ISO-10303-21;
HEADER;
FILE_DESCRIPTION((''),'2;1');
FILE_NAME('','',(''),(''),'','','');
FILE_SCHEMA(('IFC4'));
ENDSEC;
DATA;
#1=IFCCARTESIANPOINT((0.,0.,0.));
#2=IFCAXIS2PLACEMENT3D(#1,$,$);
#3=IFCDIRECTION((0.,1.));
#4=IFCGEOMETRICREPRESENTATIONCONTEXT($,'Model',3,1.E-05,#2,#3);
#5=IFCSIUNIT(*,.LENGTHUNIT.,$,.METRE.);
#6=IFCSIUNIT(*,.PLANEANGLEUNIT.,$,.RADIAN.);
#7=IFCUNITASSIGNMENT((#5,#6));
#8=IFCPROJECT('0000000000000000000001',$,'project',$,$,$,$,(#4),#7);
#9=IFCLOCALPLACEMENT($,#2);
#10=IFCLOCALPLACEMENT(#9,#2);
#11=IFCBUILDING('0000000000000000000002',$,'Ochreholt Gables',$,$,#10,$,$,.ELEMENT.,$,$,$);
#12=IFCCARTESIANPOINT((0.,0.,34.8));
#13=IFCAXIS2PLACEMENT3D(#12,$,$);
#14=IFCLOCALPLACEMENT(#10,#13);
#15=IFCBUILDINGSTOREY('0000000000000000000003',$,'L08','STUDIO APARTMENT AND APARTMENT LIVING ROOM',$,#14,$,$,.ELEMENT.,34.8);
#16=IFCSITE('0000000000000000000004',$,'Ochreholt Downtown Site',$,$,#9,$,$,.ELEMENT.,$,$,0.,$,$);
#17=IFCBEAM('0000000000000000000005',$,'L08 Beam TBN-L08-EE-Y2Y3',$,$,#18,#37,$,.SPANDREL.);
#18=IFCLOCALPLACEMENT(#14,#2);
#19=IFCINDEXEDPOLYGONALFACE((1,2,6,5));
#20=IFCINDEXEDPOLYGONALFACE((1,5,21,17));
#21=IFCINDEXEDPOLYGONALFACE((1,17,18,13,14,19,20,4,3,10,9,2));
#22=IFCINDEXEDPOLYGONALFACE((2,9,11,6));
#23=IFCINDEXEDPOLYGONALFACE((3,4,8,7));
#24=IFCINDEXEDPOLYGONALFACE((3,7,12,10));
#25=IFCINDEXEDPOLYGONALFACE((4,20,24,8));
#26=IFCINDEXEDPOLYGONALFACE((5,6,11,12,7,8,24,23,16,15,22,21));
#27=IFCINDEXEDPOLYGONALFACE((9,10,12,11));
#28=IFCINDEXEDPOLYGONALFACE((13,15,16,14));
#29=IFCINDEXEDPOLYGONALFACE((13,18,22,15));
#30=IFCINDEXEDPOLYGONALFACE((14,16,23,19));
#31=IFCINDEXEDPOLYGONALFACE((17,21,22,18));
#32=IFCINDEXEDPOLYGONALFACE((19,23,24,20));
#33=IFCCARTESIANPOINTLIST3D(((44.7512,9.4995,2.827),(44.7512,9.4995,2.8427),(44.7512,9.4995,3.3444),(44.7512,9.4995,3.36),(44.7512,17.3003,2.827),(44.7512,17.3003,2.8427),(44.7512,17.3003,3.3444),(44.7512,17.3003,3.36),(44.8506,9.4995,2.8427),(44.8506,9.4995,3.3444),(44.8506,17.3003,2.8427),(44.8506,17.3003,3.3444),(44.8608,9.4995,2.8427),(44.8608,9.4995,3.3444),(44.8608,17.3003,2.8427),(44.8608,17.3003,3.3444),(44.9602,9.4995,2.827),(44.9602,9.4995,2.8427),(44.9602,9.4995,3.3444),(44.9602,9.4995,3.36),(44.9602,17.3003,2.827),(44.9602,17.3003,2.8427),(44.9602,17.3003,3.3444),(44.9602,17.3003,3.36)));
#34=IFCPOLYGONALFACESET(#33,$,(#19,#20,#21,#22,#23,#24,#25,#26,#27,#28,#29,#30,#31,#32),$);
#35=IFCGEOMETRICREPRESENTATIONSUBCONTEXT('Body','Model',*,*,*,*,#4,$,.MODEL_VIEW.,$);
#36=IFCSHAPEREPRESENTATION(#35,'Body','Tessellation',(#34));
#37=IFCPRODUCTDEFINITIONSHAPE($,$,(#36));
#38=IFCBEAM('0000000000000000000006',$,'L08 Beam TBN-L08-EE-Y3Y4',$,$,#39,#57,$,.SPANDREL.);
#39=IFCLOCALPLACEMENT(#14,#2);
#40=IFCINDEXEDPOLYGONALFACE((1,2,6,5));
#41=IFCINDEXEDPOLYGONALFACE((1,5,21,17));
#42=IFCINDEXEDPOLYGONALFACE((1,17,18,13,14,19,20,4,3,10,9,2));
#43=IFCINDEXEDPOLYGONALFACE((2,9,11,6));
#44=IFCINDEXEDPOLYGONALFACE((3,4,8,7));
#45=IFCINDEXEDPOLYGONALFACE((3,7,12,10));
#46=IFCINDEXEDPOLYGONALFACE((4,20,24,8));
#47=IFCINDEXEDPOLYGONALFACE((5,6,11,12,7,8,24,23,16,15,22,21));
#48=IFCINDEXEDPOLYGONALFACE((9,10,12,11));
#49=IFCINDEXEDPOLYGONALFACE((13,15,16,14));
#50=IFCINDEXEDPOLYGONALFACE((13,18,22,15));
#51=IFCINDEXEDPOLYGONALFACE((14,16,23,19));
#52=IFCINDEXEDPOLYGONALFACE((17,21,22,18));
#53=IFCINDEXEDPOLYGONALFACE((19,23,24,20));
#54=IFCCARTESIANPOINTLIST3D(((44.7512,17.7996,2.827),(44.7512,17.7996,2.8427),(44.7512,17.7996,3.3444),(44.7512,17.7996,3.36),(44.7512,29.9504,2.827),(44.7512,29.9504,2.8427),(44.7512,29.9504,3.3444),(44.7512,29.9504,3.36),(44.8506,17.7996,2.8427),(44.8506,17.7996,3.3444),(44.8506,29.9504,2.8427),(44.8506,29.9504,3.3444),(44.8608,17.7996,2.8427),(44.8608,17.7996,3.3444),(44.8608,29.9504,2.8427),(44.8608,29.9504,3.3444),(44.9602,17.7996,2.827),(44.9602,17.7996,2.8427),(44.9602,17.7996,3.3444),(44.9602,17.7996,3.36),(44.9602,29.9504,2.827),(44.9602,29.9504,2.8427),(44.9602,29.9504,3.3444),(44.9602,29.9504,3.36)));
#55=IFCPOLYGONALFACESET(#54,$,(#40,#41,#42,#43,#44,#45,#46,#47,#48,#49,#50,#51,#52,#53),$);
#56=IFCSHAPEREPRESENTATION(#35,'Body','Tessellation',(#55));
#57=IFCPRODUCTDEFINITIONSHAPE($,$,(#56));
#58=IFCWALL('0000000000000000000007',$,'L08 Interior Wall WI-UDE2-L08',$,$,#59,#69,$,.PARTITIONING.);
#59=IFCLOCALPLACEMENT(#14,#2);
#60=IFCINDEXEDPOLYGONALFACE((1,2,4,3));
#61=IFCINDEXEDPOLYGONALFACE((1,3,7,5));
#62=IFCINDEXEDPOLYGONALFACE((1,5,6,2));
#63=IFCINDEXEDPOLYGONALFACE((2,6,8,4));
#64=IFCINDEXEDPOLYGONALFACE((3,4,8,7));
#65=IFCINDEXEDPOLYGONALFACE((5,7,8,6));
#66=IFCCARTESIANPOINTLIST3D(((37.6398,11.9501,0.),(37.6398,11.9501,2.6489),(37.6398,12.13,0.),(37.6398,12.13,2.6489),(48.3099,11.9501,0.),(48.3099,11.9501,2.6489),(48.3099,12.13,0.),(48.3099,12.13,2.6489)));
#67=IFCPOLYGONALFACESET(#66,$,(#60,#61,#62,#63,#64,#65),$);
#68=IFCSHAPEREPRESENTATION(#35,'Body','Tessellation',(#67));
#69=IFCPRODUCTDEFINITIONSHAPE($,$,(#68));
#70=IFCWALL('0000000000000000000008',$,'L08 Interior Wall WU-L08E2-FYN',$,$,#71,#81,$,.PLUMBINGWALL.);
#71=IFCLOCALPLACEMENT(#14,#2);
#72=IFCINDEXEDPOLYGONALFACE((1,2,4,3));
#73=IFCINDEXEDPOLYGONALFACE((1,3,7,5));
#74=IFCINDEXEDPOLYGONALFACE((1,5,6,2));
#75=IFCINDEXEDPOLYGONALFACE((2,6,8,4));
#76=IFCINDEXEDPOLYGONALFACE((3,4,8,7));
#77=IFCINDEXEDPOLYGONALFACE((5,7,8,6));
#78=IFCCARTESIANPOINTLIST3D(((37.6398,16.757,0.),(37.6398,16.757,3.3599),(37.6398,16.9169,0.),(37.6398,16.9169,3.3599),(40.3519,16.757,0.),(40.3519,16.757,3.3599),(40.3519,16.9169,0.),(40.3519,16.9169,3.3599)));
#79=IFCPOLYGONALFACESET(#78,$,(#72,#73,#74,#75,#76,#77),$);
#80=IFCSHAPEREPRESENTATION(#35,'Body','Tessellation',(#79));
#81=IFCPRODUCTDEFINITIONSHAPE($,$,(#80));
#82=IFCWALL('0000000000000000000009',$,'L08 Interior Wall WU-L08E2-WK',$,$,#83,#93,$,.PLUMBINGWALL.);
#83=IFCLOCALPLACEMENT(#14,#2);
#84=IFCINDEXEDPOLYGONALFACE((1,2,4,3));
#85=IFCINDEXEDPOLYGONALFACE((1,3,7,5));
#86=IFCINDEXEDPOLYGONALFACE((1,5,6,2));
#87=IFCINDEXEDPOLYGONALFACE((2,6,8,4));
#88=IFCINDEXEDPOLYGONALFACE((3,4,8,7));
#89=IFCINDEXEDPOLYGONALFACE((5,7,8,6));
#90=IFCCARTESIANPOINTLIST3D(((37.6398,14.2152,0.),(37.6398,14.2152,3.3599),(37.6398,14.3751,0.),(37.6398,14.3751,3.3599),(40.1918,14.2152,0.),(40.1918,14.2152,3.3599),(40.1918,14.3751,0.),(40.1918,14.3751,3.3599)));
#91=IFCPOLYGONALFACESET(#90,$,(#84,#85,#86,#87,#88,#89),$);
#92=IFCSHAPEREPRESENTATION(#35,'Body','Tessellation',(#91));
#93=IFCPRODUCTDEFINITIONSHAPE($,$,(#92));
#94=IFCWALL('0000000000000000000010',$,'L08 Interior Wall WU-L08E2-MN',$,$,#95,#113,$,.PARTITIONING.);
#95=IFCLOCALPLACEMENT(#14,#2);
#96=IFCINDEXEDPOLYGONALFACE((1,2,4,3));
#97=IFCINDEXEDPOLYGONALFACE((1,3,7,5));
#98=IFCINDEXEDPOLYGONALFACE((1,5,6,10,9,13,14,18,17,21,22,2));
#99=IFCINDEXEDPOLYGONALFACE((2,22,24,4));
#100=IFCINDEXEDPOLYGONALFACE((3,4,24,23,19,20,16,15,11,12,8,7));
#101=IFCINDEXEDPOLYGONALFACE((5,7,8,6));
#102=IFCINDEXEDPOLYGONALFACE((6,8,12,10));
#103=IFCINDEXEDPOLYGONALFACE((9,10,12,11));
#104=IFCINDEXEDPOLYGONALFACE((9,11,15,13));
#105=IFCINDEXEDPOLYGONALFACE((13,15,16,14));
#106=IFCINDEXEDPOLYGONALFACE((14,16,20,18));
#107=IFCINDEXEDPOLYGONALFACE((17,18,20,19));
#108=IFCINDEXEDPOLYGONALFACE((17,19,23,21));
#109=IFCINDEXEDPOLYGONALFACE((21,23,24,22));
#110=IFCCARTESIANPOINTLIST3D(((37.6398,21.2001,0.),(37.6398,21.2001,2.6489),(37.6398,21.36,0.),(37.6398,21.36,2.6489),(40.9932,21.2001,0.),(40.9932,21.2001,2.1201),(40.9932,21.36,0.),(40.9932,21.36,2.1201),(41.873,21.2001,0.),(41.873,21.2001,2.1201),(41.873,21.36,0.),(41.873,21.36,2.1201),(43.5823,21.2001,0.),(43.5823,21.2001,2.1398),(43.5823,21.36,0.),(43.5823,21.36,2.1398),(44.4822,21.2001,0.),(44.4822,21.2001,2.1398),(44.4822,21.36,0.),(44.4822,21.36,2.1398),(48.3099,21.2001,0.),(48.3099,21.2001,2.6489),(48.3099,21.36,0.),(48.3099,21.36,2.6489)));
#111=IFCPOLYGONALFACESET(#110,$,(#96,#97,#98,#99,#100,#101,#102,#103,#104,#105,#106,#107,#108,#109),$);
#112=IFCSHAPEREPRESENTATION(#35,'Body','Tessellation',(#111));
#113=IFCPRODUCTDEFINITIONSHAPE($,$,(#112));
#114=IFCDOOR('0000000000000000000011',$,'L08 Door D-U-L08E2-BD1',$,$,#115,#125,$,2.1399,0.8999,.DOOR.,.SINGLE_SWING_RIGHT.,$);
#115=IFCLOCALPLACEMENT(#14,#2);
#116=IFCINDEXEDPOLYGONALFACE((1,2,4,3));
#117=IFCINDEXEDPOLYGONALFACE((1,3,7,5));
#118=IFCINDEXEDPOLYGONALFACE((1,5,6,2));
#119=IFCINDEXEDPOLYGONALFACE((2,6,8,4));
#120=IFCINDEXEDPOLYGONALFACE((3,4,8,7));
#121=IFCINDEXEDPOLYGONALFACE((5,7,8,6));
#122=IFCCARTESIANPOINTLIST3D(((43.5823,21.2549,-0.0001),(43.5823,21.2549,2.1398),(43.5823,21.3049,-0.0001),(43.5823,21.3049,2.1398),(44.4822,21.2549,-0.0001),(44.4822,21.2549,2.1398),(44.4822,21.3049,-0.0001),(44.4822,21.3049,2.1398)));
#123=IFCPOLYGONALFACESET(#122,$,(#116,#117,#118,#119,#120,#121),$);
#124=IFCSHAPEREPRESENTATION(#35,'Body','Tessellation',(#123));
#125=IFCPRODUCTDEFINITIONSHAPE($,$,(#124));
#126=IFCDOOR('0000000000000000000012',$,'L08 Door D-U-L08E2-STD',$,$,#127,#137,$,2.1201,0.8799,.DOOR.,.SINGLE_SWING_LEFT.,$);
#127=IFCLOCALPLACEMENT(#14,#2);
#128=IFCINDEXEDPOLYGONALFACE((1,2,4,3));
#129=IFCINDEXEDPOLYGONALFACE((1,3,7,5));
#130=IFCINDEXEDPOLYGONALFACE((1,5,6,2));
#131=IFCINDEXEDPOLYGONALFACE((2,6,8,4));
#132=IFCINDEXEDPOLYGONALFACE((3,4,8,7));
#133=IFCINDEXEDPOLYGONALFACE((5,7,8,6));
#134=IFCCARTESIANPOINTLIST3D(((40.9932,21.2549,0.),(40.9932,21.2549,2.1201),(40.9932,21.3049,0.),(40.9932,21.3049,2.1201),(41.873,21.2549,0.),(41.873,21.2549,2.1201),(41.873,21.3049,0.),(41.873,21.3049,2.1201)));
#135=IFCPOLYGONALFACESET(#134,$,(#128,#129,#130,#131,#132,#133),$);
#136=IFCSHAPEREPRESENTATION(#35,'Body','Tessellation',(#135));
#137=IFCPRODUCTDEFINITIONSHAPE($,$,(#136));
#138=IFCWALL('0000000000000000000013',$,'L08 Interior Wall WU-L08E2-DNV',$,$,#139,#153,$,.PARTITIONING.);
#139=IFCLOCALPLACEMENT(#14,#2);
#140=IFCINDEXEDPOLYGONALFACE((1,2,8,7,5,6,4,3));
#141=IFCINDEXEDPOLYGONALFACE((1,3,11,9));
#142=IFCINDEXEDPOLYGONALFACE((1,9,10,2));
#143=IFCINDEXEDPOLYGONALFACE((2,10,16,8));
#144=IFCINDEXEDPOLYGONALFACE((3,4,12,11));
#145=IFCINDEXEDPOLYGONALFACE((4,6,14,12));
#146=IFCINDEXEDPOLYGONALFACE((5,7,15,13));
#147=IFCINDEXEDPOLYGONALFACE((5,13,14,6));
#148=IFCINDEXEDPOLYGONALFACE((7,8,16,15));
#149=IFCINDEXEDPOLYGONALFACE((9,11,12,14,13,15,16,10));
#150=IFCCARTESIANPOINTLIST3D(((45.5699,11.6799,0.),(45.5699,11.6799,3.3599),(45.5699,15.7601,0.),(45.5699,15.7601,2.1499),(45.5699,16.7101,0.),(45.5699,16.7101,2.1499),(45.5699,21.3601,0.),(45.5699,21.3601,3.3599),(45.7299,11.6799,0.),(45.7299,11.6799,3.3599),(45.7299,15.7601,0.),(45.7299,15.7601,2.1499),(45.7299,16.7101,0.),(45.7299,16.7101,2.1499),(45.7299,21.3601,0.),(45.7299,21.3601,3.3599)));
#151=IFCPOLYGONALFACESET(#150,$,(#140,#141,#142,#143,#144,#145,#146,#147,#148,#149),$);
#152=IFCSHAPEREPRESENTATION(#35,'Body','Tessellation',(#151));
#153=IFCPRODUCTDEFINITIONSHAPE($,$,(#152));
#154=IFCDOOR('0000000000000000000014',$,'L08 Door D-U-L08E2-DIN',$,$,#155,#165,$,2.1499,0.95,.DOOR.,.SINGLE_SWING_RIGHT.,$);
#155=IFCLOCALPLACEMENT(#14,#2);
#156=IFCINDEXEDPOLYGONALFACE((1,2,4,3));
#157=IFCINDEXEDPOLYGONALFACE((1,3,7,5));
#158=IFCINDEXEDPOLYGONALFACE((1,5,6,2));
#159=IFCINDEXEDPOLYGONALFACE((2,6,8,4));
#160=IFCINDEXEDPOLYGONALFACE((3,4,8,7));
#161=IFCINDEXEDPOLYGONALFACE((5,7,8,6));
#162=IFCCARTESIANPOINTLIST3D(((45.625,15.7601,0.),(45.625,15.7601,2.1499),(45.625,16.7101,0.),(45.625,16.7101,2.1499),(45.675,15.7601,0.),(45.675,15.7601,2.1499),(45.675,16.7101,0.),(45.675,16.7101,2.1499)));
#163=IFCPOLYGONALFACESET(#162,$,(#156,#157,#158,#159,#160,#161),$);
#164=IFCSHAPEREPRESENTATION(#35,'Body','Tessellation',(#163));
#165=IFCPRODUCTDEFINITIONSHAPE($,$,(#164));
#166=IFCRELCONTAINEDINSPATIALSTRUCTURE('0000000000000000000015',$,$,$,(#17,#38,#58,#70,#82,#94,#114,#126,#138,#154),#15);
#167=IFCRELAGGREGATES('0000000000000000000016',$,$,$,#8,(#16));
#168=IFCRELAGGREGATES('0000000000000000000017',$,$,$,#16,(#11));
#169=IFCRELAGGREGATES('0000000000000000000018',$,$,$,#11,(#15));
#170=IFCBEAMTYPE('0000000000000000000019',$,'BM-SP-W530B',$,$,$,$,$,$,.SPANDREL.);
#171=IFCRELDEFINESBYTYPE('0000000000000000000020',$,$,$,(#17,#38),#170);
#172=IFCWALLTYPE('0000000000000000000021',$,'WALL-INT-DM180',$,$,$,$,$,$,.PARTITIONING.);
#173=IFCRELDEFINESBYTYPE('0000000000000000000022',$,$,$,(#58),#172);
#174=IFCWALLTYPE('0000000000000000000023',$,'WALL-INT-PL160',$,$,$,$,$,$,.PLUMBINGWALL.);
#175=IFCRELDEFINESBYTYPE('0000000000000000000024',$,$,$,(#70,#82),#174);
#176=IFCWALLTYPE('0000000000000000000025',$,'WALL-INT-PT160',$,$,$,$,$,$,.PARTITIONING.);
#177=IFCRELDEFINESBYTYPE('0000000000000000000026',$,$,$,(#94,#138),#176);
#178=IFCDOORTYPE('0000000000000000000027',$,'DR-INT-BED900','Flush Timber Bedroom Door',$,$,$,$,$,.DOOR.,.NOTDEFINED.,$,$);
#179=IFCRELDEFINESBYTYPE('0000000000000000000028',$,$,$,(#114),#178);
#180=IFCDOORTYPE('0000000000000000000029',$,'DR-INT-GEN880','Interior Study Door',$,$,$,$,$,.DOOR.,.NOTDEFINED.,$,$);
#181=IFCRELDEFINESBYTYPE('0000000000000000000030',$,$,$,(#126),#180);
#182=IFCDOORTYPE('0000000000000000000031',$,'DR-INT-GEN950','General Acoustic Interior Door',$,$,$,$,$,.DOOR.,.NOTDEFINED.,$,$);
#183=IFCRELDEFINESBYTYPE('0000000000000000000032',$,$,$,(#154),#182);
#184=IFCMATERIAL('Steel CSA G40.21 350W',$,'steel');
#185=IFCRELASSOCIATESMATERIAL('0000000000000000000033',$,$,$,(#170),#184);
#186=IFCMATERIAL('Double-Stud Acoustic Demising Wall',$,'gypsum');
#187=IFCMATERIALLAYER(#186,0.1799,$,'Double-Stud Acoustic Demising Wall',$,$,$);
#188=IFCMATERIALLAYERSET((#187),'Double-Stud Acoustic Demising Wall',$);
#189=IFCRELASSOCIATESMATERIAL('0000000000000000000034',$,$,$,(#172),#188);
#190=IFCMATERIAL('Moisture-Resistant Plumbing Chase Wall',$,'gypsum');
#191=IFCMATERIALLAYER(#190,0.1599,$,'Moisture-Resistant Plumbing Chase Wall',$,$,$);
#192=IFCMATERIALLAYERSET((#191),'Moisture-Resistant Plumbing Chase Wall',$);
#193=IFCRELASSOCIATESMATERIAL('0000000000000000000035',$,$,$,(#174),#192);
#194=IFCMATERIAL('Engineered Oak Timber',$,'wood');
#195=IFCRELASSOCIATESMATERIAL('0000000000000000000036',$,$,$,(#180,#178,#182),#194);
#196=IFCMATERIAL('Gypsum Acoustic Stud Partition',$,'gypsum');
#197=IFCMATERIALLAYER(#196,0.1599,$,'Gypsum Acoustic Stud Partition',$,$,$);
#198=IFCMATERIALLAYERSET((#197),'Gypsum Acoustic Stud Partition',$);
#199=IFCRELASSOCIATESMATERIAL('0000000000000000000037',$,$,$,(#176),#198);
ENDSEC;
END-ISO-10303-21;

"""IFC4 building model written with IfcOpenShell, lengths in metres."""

from ifc_helpers import new_model, si_unit, direction, frame, frame_2d, origin, origin_2d, place, context, subcontext, project, spatial, rectangle, i_section, extrude, material, layer, layer_set, material_profile, profile_set, type_object, element, fill, save


model = new_model("IFC4")

# Units and contexts
model_context = context("Model", 3, precision=1e-05, world=origin(), true_north=direction((0.0, 1.0)))
body_context = subcontext(model_context, "Body", "Model", "MODEL_VIEW")
ifc_project = project(units=[si_unit("LENGTHUNIT", "METRE"), si_unit("PLANEANGLEUNIT", "RADIAN")], contexts=[model_context])

# Site, building, storey
site_placement = place(None, origin())
site = spatial("IfcSite", under=ifc_project, at=site_placement, Name="Ochreholt Downtown Site", CompositionType="ELEMENT", RefElevation=0.0)
building_placement = place(site_placement, origin())
building = spatial("IfcBuilding", under=site, at=building_placement, Name="Ochreholt Gables", CompositionType="ELEMENT")
storey_placement = place(building_placement, frame((0.0, 0.0, 34.8)))
storey = spatial("IfcBuildingStorey", under=building, at=storey_placement, Name="L08", Description="STUDIO APARTMENT AND APARTMENT LIVING ROOM", CompositionType="ELEMENT", Elevation=34.8)

# Shared definitions
ifc_material_1 = material(Name="Steel CSA G40.21 350W", Category="steel")

# Beams
ifc_material_profile_1 = material_profile(ifc_material_1, i_section(OverallWidth=0.209, OverallDepth=0.533, WebThickness=0.0103, FlangeThickness=0.0156, at=origin_2d()), Name="W530X92")
ifc_profile_set_1 = profile_set([ifc_material_profile_1], Name="Steel CSA G40.21 350W")
beam_type_1 = type_object("IfcBeamType", Name="BM-SP-W530B", PredefinedType="SPANDREL", material=ifc_profile_set_1)
beam_1_placement = place(storey_placement, frame((44.8557, 9.4995, 3.0935), z_axis=(0.0, 1.0, 0.0), x_axis=(-1.0, 0.0, 0.0)))
element("IfcBeam", 1, at=beam_1_placement, inside=storey, type_object=beam_type_1, Name="L08 Beam TBN-L08-EE-Y2Y3", PredefinedType="SPANDREL", context=body_context, shape_type="SweptSolid", body=[
    extrude(i_section(OverallWidth=0.209, OverallDepth=0.533, WebThickness=0.0103, FlangeThickness=0.0156, at=origin_2d()), origin(), (0.0, 0.0, 1.0), 7.8008),
])
beam_2_placement = place(storey_placement, frame((44.8557, 17.7996, 3.0935), z_axis=(0.0, 1.0, 0.0), x_axis=(-1.0, 0.0, 0.0)))
element("IfcBeam", 2, at=beam_2_placement, inside=storey, type_object=beam_type_1, Name="L08 Beam TBN-L08-EE-Y3Y4", PredefinedType="SPANDREL", context=body_context, shape_type="SweptSolid", body=[
    extrude(i_section(OverallWidth=0.209, OverallDepth=0.533, WebThickness=0.0103, FlangeThickness=0.0156, at=origin_2d()), origin(), (0.0, 0.0, 1.0), 12.1509),
])

# Walls
ifc_material_2 = material(Name="Double-Stud Acoustic Demising Wall", Category="gypsum")
ifc_layer_1 = layer(ifc_material_2, 0.1799, Name="Double-Stud Acoustic Demising Wall")
ifc_layer_set_1 = layer_set([ifc_layer_1], Name="Double-Stud Acoustic Demising Wall")
wall_type_1 = type_object("IfcWallType", Name="WALL-INT-DM180", PredefinedType="PARTITIONING", material=ifc_layer_set_1)
wall_1_placement = place(storey_placement, frame((37.6399, 12.04, 0.0), z_axis=(0.0, 0.0, 1.0), x_axis=(1.0, 0.0, 0.0)))
element("IfcWall", 3, at=wall_1_placement, inside=storey, type_object=wall_type_1, Name="L08 Interior Wall WI-UDE2-L08", PredefinedType="PARTITIONING", context=body_context, shape_type="SweptSolid", body=[
    extrude(rectangle(XDim=10.6702, YDim=0.1799, at=frame_2d((5.335, 0.0))), origin(), (0.0, 0.0, 1.0), 2.6489),
])
ifc_material_3 = material(Name="Moisture-Resistant Plumbing Chase Wall", Category="gypsum")
ifc_layer_2 = layer(ifc_material_3, 0.1599, Name="Moisture-Resistant Plumbing Chase Wall")
ifc_layer_set_2 = layer_set([ifc_layer_2], Name="Moisture-Resistant Plumbing Chase Wall")
wall_type_2 = type_object("IfcWallType", Name="WALL-INT-PL160", PredefinedType="PLUMBINGWALL", material=ifc_layer_set_2)
wall_2_placement = place(storey_placement, frame((37.6399, 16.8369, 0.0), z_axis=(0.0, 0.0, 1.0), x_axis=(1.0, 0.0, 0.0)))
element("IfcWall", 4, at=wall_2_placement, inside=storey, type_object=wall_type_2, Name="L08 Interior Wall WU-L08E2-FYN", PredefinedType="PLUMBINGWALL", context=body_context, shape_type="SweptSolid", body=[
    extrude(rectangle(XDim=2.7122, YDim=0.1599, at=frame_2d((1.356, 0.0))), origin(), (0.0, 0.0, 1.0), 3.3599),
])

# Shared definitions
ifc_material_4 = material(Name="Engineered Oak Timber", Category="wood")
door_type_1 = type_object("IfcDoorType", Name="DR-INT-GEN880", Description="Interior Study Door", OperationType="NOTDEFINED", PredefinedType="DOOR", material=ifc_material_4)

# Wall
wall_3_placement = place(storey_placement, frame((37.6399, 14.2952, 0.0), z_axis=(0.0, 0.0, 1.0), x_axis=(1.0, 0.0, 0.0)))
element("IfcWall", 5, at=wall_3_placement, inside=storey, type_object=wall_type_2, Name="L08 Interior Wall WU-L08E2-WK", PredefinedType="PLUMBINGWALL", context=body_context, shape_type="SweptSolid", body=[
    extrude(rectangle(XDim=2.552, YDim=0.1599, at=frame_2d((1.2759, 0.0))), origin(), (0.0, 0.0, 1.0), 3.3599),
])

# Wall, openings, doors
ifc_material_5 = material(Name="Gypsum Acoustic Stud Partition", Category="gypsum")
ifc_layer_3 = layer(ifc_material_5, 0.1599, Name="Gypsum Acoustic Stud Partition")
ifc_layer_set_3 = layer_set([ifc_layer_3], Name="Gypsum Acoustic Stud Partition")
wall_type_3 = type_object("IfcWallType", Name="WALL-INT-PT160", PredefinedType="PARTITIONING", material=ifc_layer_set_3)
wall_4_placement = place(storey_placement, frame((37.6399, 21.28, 0.0), z_axis=(0.0, 0.0, 1.0), x_axis=(1.0, 0.0, 0.0)))
wall_4 = element("IfcWall", 6, at=wall_4_placement, inside=storey, type_object=wall_type_3, Name="L08 Interior Wall WU-L08E2-MN", PredefinedType="PARTITIONING", context=body_context, shape_type="SweptSolid", body=[
    extrude(rectangle(XDim=10.6702, YDim=0.1599, at=frame_2d((5.335, 0.0))), origin(), (0.0, 0.0, 1.0), 2.6489),
])
opening_1_placement = place(wall_4_placement, frame((3.3533, 0.0, 0.0)))
opening_1 = element("IfcOpeningElement", 7, at=opening_1_placement, cuts=wall_4, PredefinedType="OPENING", context=body_context, shape_type="SweptSolid", body=[
    extrude(rectangle(XDim=0.8799, YDim=2.1201, at=frame_2d((0.4399, 1.0601))), frame((0.0, 0.0898, 0.0), z_axis=(0.0, -1.0, 0.0), x_axis=(1.0, 0.0, 0.0)), (0.0, 0.0, 1.0), 0.1799),
])
opening_2_placement = place(wall_4_placement, frame((5.9424, 0.0, 0.0)))
opening_2 = element("IfcOpeningElement", 8, at=opening_2_placement, cuts=wall_4, PredefinedType="OPENING", context=body_context, shape_type="SweptSolid", body=[
    extrude(rectangle(XDim=0.8999, YDim=2.1399, at=frame_2d((0.45, 1.0698))), frame((0.0, 0.0898, 0.0), z_axis=(0.0, -1.0, 0.0), x_axis=(1.0, 0.0, 0.0)), (0.0, 0.0, 1.0), 0.1799),
])
door_type_2 = type_object("IfcDoorType", Name="DR-INT-BED900", Description="Flush Timber Bedroom Door", OperationType="NOTDEFINED", PredefinedType="DOOR", material=ifc_material_4)
door_1_placement = place(opening_2_placement, origin())
door_1 = element("IfcDoor", 9, at=door_1_placement, inside=storey, type_object=door_type_2, Name="L08 Door D-U-L08E2-BD1", OperationType="SINGLE_SWING_RIGHT", OverallHeight=2.1399, OverallWidth=0.8999, PredefinedType="DOOR", context=body_context, shape_type="SweptSolid", body=[
    extrude(rectangle(XDim=0.8999, YDim=2.1399, at=frame_2d((0.45, 1.0698))), frame((0.0, 0.0249, 0.0), z_axis=(0.0, -1.0, 0.0), x_axis=(1.0, 0.0, 0.0)), (0.0, 0.0, 1.0), 0.05),
])
fill(opening_2, door_1)
door_2_placement = place(opening_1_placement, origin())
door_2 = element("IfcDoor", 10, at=door_2_placement, inside=storey, type_object=door_type_1, Name="L08 Door D-U-L08E2-STD", OperationType="SINGLE_SWING_LEFT", OverallHeight=2.1201, OverallWidth=0.8799, PredefinedType="DOOR", context=body_context, shape_type="SweptSolid", body=[
    extrude(rectangle(XDim=0.8799, YDim=2.1201, at=frame_2d((0.4399, 1.0601))), frame((0.0, 0.0249, 0.0), z_axis=(0.0, -1.0, 0.0), x_axis=(1.0, 0.0, 0.0)), (0.0, 0.0, 1.0), 0.05),
])
fill(opening_1, door_2)

# Wall, opening, door
wall_5_placement = place(storey_placement, frame((45.6499, 11.6799, 0.0), z_axis=(0.0, 0.0, 1.0), x_axis=(0.0, 1.0, 0.0)))
wall_5 = element("IfcWall", 11, at=wall_5_placement, inside=storey, type_object=wall_type_3, Name="L08 Interior Wall WU-L08E2-DNV", PredefinedType="PARTITIONING", context=body_context, shape_type="SweptSolid", body=[
    extrude(rectangle(XDim=9.6802, YDim=0.1599, at=frame_2d((4.8401, 0.0))), origin(), (0.0, 0.0, 1.0), 3.3599),
])
opening_3_placement = place(wall_5_placement, frame((4.0801, 0.0, 0.0)))
opening_3 = element("IfcOpeningElement", 12, at=opening_3_placement, cuts=wall_5, PredefinedType="OPENING", context=body_context, shape_type="SweptSolid", body=[
    extrude(rectangle(XDim=0.95, YDim=2.1499, at=frame_2d((0.4751, 1.075))), frame((0.0, 0.0898, 0.0), z_axis=(0.0, -1.0, 0.0), x_axis=(1.0, 0.0, 0.0)), (0.0, 0.0, 1.0), 0.1799),
])
door_type_3 = type_object("IfcDoorType", Name="DR-INT-GEN950", Description="General Acoustic Interior Door", OperationType="NOTDEFINED", PredefinedType="DOOR", material=ifc_material_4)
door_3_placement = place(opening_3_placement, origin())
door_3 = element("IfcDoor", 13, at=door_3_placement, inside=storey, type_object=door_type_3, Name="L08 Door D-U-L08E2-DIN", OperationType="SINGLE_SWING_RIGHT", OverallHeight=2.1499, OverallWidth=0.95, PredefinedType="DOOR", context=body_context, shape_type="SweptSolid", body=[
    extrude(rectangle(XDim=0.95, YDim=2.1499, at=frame_2d((0.4751, 1.075))), frame((0.0, 0.0249, 0.0), z_axis=(0.0, -1.0, 0.0), x_axis=(1.0, 0.0, 0.0)), (0.0, 0.0, 1.0), 0.05),
])
fill(opening_3, door_3)

save(model, "model.ifc")
